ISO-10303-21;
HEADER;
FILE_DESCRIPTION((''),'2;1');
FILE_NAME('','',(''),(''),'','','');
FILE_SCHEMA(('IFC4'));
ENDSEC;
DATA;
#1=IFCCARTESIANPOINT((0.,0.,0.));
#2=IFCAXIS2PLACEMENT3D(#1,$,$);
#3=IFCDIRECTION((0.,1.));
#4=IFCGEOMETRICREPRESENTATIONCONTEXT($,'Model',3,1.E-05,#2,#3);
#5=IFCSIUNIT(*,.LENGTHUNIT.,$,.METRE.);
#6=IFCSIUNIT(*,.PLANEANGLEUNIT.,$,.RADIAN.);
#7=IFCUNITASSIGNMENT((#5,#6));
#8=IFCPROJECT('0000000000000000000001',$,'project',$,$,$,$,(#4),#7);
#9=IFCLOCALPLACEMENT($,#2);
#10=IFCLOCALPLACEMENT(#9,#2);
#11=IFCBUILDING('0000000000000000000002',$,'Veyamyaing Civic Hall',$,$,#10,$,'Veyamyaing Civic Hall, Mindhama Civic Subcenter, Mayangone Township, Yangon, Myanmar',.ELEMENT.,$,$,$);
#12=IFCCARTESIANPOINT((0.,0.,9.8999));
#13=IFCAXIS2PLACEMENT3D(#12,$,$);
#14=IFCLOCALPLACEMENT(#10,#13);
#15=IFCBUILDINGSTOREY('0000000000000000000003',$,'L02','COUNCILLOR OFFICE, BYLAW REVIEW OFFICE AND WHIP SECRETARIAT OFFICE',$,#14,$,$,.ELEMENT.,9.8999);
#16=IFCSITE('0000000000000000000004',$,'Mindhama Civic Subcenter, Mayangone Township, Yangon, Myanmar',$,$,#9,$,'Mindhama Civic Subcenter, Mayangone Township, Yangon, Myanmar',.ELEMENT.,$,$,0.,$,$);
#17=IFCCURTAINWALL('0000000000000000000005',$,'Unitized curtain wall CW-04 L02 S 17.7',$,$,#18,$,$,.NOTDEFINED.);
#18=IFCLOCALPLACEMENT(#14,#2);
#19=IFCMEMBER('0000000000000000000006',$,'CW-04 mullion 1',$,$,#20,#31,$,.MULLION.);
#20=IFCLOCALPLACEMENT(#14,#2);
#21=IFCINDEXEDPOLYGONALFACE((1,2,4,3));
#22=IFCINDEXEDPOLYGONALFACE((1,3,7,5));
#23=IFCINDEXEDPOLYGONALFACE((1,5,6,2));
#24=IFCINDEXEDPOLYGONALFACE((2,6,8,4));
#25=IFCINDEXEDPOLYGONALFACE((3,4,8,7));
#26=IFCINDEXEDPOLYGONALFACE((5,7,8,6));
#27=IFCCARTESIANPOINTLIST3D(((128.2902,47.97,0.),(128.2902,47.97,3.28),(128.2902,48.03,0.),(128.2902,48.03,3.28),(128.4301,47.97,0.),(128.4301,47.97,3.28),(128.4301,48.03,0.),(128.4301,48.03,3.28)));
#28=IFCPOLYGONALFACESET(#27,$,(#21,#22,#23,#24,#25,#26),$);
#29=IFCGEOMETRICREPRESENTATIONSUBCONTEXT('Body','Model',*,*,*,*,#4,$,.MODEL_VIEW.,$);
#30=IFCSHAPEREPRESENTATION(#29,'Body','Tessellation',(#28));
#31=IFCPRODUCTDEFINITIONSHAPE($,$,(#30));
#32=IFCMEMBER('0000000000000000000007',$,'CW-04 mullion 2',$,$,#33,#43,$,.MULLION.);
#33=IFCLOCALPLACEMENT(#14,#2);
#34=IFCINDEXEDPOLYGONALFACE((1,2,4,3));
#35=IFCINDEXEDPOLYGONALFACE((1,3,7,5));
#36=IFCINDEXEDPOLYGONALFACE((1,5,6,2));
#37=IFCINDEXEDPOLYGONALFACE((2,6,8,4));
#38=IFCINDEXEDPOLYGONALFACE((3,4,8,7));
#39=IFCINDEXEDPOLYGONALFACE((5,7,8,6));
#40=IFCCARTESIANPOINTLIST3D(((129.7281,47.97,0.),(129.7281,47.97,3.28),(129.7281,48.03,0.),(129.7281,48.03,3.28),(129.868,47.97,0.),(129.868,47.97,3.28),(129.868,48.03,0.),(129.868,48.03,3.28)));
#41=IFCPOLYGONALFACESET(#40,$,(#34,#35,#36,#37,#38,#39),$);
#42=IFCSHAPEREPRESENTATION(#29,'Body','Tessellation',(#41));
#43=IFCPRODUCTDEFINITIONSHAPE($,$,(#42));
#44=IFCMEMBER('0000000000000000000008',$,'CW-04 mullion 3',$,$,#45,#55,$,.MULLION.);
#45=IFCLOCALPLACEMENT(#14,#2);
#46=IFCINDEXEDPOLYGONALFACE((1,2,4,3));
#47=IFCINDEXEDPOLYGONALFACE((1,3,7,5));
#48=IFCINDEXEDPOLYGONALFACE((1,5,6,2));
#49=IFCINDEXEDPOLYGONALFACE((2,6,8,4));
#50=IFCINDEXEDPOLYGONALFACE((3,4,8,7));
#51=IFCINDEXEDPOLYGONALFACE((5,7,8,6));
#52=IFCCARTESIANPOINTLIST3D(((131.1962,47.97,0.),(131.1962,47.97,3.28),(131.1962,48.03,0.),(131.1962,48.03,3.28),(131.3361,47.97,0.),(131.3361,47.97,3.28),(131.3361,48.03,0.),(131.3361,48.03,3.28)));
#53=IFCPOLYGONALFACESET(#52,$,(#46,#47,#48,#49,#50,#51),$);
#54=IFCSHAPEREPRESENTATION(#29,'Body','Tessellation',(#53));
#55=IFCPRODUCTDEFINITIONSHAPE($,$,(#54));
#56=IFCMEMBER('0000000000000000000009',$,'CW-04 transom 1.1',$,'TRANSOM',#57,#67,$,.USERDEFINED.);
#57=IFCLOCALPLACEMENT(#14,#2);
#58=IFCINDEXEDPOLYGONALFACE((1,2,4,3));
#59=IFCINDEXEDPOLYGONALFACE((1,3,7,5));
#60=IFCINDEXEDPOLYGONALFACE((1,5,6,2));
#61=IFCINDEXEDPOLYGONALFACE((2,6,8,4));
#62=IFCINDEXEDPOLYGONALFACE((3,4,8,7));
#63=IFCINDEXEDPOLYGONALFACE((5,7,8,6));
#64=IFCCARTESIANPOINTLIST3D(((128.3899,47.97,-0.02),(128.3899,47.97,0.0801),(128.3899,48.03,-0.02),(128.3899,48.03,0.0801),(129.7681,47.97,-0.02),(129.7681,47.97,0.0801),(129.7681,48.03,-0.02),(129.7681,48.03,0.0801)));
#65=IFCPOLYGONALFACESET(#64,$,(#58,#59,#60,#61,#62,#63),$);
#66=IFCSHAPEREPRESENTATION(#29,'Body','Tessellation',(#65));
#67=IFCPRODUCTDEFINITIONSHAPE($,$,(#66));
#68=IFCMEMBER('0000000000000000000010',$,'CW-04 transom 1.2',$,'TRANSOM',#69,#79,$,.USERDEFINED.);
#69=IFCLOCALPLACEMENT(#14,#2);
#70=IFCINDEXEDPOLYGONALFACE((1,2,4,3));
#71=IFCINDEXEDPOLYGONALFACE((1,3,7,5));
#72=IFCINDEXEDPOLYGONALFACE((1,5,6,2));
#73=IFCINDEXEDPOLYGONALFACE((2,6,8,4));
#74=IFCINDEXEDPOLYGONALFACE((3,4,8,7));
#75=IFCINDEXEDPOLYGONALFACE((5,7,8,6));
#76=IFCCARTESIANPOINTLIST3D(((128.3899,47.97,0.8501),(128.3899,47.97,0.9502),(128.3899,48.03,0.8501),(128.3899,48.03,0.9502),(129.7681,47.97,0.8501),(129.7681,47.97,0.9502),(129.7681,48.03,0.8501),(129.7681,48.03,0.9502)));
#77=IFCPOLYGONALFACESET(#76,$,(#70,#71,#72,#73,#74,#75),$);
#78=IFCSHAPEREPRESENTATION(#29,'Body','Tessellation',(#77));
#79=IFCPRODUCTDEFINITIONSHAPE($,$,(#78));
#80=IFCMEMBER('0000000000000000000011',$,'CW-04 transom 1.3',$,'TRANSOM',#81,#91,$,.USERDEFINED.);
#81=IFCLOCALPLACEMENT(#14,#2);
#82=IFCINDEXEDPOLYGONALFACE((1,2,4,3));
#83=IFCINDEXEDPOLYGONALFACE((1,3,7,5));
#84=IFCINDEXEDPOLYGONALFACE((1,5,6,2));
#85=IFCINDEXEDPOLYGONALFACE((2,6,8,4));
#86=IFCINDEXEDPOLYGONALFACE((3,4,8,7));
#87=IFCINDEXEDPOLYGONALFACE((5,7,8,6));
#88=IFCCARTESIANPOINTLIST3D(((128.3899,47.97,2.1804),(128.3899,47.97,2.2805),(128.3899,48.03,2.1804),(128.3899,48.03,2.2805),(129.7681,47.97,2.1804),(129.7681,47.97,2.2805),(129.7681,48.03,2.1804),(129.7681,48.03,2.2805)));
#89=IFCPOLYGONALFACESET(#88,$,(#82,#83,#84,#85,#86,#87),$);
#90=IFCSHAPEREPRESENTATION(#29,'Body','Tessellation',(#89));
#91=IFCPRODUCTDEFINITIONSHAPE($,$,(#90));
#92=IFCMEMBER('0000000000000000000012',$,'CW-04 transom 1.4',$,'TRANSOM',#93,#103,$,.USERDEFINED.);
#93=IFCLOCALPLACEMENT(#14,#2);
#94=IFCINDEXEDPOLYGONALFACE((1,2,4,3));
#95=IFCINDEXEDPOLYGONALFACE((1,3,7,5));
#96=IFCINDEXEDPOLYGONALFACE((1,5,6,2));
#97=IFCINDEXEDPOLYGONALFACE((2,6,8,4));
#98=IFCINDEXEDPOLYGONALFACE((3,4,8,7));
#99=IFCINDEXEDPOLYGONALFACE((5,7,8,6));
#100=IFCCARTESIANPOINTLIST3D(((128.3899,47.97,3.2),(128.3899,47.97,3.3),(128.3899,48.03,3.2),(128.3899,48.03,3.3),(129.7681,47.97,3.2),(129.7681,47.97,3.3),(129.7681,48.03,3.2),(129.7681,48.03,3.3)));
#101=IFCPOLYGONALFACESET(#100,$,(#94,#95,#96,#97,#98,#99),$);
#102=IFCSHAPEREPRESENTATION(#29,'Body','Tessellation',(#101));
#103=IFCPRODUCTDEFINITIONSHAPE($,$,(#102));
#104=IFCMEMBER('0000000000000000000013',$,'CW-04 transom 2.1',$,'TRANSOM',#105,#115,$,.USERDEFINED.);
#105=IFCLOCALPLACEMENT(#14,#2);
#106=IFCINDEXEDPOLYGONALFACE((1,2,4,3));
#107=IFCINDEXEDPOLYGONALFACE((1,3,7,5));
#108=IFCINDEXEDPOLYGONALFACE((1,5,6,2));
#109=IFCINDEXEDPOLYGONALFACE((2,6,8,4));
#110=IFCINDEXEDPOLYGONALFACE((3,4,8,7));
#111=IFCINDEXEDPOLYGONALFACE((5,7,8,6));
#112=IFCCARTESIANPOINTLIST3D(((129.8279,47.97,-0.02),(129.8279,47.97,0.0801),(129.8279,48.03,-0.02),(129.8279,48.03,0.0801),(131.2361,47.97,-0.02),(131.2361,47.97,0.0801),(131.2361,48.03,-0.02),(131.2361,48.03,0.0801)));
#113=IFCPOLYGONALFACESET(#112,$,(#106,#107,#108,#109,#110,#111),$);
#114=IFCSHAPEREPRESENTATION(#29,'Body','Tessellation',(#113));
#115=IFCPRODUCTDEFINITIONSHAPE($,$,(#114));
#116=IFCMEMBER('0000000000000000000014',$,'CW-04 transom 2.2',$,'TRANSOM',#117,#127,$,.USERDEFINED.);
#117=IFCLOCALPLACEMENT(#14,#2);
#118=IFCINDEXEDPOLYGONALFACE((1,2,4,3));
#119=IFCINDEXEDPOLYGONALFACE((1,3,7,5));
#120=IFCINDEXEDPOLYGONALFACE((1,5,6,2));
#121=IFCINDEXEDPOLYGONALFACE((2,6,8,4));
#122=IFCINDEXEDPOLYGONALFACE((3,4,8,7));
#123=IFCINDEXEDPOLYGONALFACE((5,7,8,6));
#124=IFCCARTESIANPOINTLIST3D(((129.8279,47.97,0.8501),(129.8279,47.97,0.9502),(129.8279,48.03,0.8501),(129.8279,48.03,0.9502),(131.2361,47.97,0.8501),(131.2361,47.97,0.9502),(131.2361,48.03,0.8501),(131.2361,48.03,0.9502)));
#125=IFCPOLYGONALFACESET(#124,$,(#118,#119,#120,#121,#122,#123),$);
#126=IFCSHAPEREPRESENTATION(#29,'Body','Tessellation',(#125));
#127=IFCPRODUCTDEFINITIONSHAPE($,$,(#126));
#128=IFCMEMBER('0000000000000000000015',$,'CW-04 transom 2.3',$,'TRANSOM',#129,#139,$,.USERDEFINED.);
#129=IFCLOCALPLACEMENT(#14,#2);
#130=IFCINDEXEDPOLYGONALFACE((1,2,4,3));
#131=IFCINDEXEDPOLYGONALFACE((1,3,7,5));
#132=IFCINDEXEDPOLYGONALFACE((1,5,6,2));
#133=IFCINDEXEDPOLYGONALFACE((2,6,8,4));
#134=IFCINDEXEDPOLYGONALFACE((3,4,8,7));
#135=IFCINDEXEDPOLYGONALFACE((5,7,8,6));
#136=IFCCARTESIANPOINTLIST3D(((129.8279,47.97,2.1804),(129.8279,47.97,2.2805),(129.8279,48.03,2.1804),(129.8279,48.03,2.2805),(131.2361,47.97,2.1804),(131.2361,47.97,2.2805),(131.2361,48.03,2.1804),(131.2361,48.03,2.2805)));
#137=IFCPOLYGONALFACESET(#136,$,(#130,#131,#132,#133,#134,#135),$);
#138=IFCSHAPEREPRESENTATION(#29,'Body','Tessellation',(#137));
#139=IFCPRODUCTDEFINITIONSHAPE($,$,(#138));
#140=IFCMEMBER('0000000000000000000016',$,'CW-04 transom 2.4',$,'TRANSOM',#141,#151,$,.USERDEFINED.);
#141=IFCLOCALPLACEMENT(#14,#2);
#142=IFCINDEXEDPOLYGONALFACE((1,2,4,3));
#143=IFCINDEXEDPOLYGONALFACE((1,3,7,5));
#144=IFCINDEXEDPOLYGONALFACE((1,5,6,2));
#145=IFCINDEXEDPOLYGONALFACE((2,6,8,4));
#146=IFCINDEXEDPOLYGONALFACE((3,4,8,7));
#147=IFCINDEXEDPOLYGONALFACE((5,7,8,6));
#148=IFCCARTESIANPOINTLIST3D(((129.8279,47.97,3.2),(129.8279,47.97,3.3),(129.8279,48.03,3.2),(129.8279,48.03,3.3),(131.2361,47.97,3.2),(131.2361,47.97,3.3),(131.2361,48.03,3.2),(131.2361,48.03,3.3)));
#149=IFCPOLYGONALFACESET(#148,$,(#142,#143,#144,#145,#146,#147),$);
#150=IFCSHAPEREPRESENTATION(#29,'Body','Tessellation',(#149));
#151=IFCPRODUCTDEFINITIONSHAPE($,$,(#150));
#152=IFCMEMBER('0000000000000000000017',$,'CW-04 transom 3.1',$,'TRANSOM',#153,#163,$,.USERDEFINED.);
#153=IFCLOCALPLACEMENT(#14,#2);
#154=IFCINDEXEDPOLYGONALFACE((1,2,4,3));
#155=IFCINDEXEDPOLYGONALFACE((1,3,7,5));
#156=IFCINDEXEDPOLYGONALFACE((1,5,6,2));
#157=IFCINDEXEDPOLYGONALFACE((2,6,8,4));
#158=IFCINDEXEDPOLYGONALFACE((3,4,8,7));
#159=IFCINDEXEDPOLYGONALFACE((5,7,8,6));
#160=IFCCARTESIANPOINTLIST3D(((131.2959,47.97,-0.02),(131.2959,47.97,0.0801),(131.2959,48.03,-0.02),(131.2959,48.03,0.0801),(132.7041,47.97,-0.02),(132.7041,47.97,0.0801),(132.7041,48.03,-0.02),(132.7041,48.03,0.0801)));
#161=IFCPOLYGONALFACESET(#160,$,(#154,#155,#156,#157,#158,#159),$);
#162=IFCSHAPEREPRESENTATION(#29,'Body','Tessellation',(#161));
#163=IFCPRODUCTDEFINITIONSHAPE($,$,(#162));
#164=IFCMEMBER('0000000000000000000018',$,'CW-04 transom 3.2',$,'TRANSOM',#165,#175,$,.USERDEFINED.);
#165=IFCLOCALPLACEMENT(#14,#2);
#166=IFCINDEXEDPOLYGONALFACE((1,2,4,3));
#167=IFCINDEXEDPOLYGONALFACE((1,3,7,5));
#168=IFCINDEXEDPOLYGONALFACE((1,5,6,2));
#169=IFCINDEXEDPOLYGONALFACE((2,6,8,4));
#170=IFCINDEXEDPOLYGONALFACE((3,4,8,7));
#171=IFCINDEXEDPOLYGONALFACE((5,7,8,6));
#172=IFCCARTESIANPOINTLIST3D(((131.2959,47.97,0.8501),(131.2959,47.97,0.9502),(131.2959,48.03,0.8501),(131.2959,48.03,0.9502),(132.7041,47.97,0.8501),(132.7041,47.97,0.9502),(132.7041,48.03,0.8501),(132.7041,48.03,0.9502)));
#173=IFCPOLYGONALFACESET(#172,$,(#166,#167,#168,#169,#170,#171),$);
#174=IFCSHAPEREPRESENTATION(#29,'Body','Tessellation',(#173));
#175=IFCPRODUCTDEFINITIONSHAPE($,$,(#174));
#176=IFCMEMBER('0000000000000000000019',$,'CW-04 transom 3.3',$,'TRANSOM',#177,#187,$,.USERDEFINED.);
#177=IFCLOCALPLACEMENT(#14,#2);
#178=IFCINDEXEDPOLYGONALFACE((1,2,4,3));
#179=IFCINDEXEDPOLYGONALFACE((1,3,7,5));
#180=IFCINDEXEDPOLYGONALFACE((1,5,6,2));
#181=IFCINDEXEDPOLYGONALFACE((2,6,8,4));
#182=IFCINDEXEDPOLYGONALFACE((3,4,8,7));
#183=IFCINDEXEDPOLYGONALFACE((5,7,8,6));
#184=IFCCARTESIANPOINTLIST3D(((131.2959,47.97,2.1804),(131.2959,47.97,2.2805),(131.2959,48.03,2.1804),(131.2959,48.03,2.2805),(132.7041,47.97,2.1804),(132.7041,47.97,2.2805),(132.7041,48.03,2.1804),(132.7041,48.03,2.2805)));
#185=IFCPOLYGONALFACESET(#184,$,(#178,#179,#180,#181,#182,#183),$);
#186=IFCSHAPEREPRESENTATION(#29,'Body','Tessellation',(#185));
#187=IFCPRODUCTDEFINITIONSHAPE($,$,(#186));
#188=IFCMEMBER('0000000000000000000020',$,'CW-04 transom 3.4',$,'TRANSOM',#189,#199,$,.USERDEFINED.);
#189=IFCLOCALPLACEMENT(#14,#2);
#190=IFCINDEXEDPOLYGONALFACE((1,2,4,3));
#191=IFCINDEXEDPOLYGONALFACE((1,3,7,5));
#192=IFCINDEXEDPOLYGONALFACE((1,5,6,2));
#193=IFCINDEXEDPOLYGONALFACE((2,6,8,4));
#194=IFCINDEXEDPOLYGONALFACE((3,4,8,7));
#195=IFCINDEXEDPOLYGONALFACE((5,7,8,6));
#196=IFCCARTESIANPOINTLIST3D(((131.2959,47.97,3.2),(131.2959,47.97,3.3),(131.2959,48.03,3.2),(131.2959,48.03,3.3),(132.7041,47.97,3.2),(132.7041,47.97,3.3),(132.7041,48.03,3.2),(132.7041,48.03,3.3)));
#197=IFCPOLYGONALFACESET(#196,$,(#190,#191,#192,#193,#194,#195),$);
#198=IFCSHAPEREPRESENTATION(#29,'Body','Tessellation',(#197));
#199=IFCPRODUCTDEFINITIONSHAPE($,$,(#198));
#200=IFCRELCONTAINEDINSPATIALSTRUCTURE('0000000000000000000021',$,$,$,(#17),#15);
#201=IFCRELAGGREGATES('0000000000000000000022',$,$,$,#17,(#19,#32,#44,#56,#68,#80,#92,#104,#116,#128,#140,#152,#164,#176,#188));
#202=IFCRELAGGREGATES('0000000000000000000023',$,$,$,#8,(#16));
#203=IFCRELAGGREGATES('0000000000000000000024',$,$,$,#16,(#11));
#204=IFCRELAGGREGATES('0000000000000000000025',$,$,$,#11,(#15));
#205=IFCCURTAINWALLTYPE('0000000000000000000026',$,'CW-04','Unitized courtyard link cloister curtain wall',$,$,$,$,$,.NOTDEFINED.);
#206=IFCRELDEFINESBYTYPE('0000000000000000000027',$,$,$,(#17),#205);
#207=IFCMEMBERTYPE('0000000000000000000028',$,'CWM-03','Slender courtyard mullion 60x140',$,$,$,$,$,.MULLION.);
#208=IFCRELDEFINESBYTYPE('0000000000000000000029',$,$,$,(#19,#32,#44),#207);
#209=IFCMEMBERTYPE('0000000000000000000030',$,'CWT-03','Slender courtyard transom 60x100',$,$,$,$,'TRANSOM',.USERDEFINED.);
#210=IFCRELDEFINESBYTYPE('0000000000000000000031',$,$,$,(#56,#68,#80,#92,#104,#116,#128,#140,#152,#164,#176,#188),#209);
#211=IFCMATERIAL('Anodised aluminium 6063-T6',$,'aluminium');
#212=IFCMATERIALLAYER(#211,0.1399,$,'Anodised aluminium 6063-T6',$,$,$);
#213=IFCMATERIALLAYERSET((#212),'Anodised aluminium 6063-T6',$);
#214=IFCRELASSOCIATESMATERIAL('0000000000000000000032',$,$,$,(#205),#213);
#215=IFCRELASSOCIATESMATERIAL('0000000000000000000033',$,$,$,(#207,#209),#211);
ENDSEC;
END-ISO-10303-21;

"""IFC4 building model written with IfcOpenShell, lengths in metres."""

from ifc_helpers import new_model, si_unit, direction, frame, origin, origin_2d, place, context, subcontext, project, spatial, rectangle, extrude, material, layer, layer_set, material_profile, profile_set, type_object, element, aggregate, save


model = new_model("IFC4")

# Units and contexts
model_context = context("Model", 3, precision=1e-05, world=origin(), true_north=direction((0.0, 1.0)))
body_context = subcontext(model_context, "Body", "Model", "MODEL_VIEW")
ifc_project = project(units=[si_unit("LENGTHUNIT", "METRE"), si_unit("PLANEANGLEUNIT", "RADIAN")], contexts=[model_context])

# Site, building, storey
site_placement = place(None, origin())
site = spatial("IfcSite", under=ifc_project, at=site_placement, Name="Mindhama Civic Subcenter, Mayangone Township, Yangon, Myanmar", LongName="Mindhama Civic Subcenter, Mayangone Township, Yangon, Myanmar", CompositionType="ELEMENT", RefElevation=0.0)
building_placement = place(site_placement, origin())
building = spatial("IfcBuilding", under=site, at=building_placement, Name="Veyamyaing Civic Hall", LongName="Veyamyaing Civic Hall, Mindhama Civic Subcenter, Mayangone Township, Yangon, Myanmar", CompositionType="ELEMENT")
storey_placement = place(building_placement, frame((0.0, 0.0, 9.8999)))
storey = spatial("IfcBuildingStorey", under=building, at=storey_placement, Name="L02", Description="COUNCILLOR OFFICE, BYLAW REVIEW OFFICE AND WHIP SECRETARIAT OFFICE", CompositionType="ELEMENT", Elevation=9.8999)

# Curtain wall, members
ifc_material_1 = material(Name="Anodised aluminium 6063-T6", Category="aluminium")
ifc_layer_1 = layer(ifc_material_1, 0.1399, Name="Anodised aluminium 6063-T6")
ifc_layer_set_1 = layer_set([ifc_layer_1], Name="Anodised aluminium 6063-T6")
curtain_wall_type = type_object("IfcCurtainWallType", Name="CW-04", Description="Unitized courtyard link cloister curtain wall", PredefinedType="NOTDEFINED", material=ifc_layer_set_1)
curtain_wall_placement = place(storey_placement, origin())
curtain_wall = element("IfcCurtainWall", 1, at=curtain_wall_placement, inside=storey, type_object=curtain_wall_type, Name="Unitized curtain wall CW-04 L02 S 17.7", PredefinedType="NOTDEFINED")
ifc_material_profile_1 = material_profile(ifc_material_1, rectangle(XDim=0.0601, YDim=0.1399, at=origin_2d()), Name="ALU-MUL-60X140")
ifc_profile_set_1 = profile_set([ifc_material_profile_1], Name="Anodised aluminium 6063-T6")
member_type_1 = type_object("IfcMemberType", Name="CWM-03", Description="Slender courtyard mullion 60x140", PredefinedType="MULLION", material=ifc_profile_set_1)
member_1_placement = place(storey_placement, frame((128.3601, 48.0, 0.0), z_axis=(0.0, 0.0, 1.0), x_axis=(0.0, 1.0, 0.0)))
member_1 = element("IfcMember", 2, at=member_1_placement, type_object=member_type_1, Name="CW-04 mullion 1", PredefinedType="MULLION", context=body_context, shape_type="SweptSolid", body=[
    extrude(rectangle(XDim=0.0601, YDim=0.1399, at=origin_2d()), origin(), (0.0, 0.0, 1.0), 3.28),
])
member_2_placement = place(storey_placement, frame((129.7981, 48.0, 0.0), z_axis=(0.0, 0.0, 1.0), x_axis=(0.0, 1.0, 0.0)))
member_2 = element("IfcMember", 3, at=member_2_placement, type_object=member_type_1, Name="CW-04 mullion 2", PredefinedType="MULLION", context=body_context, shape_type="SweptSolid", body=[
    extrude(rectangle(XDim=0.0601, YDim=0.1399, at=origin_2d()), origin(), (0.0, 0.0, 1.0), 3.28),
])
member_3_placement = place(storey_placement, frame((131.2661, 48.0, 0.0), z_axis=(0.0, 0.0, 1.0), x_axis=(0.0, 1.0, 0.0)))
member_3 = element("IfcMember", 4, at=member_3_placement, type_object=member_type_1, Name="CW-04 mullion 3", PredefinedType="MULLION", context=body_context, shape_type="SweptSolid", body=[
    extrude(rectangle(XDim=0.0601, YDim=0.1399, at=origin_2d()), origin(), (0.0, 0.0, 1.0), 3.28),
])
ifc_material_profile_2 = material_profile(ifc_material_1, rectangle(XDim=0.0601, YDim=0.1001, at=origin_2d()), Name="ALU-TRN-60X100")
ifc_profile_set_2 = profile_set([ifc_material_profile_2], Name="Anodised aluminium 6063-T6")
member_type_2 = type_object("IfcMemberType", Name="CWT-03", Description="Slender courtyard transom 60x100", ElementType="TRANSOM", PredefinedType="USERDEFINED", material=ifc_profile_set_2)
member_4_placement = place(storey_placement, frame((128.3899, 48.0, 0.03), z_axis=(1.0, 0.0, 0.0), x_axis=(0.0, 1.0, 0.0)))
member_4 = element("IfcMember", 5, at=member_4_placement, type_object=member_type_2, Name="CW-04 transom 1.1", ObjectType="TRANSOM", PredefinedType="USERDEFINED", context=body_context, shape_type="SweptSolid", body=[
    extrude(rectangle(XDim=0.0601, YDim=0.1001, at=origin_2d()), origin(), (0.0, 0.0, 1.0), 1.3782),
])
member_5_placement = place(storey_placement, frame((128.3899, 48.0, 0.9001), z_axis=(1.0, 0.0, 0.0), x_axis=(0.0, 1.0, 0.0)))
member_5 = element("IfcMember", 6, at=member_5_placement, type_object=member_type_2, Name="CW-04 transom 1.2", ObjectType="TRANSOM", PredefinedType="USERDEFINED", context=body_context, shape_type="SweptSolid", body=[
    extrude(rectangle(XDim=0.0601, YDim=0.1001, at=origin_2d()), origin(), (0.0, 0.0, 1.0), 1.3782),
])
member_6_placement = place(storey_placement, frame((128.3899, 48.0, 2.2305), z_axis=(1.0, 0.0, 0.0), x_axis=(0.0, 1.0, 0.0)))
member_6 = element("IfcMember", 7, at=member_6_placement, type_object=member_type_2, Name="CW-04 transom 1.3", ObjectType="TRANSOM", PredefinedType="USERDEFINED", context=body_context, shape_type="SweptSolid", body=[
    extrude(rectangle(XDim=0.0601, YDim=0.1001, at=origin_2d()), origin(), (0.0, 0.0, 1.0), 1.3782),
])
member_7_placement = place(storey_placement, frame((128.3899, 48.0, 3.25), z_axis=(1.0, 0.0, 0.0), x_axis=(0.0, 1.0, 0.0)))
member_7 = element("IfcMember", 8, at=member_7_placement, type_object=member_type_2, Name="CW-04 transom 1.4", ObjectType="TRANSOM", PredefinedType="USERDEFINED", context=body_context, shape_type="SweptSolid", body=[
    extrude(rectangle(XDim=0.0601, YDim=0.1001, at=origin_2d()), origin(), (0.0, 0.0, 1.0), 1.3782),
])
member_8_placement = place(storey_placement, frame((129.8279, 48.0, 0.03), z_axis=(1.0, 0.0, 0.0), x_axis=(0.0, 1.0, 0.0)))
member_8 = element("IfcMember", 9, at=member_8_placement, type_object=member_type_2, Name="CW-04 transom 2.1", ObjectType="TRANSOM", PredefinedType="USERDEFINED", context=body_context, shape_type="SweptSolid", body=[
    extrude(rectangle(XDim=0.0601, YDim=0.1001, at=origin_2d()), origin(), (0.0, 0.0, 1.0), 1.4082),
])
member_9_placement = place(storey_placement, frame((129.8279, 48.0, 0.9001), z_axis=(1.0, 0.0, 0.0), x_axis=(0.0, 1.0, 0.0)))
member_9 = element("IfcMember", 10, at=member_9_placement, type_object=member_type_2, Name="CW-04 transom 2.2", ObjectType="TRANSOM", PredefinedType="USERDEFINED", context=body_context, shape_type="SweptSolid", body=[
    extrude(rectangle(XDim=0.0601, YDim=0.1001, at=origin_2d()), origin(), (0.0, 0.0, 1.0), 1.4082),
])
member_10_placement = place(storey_placement, frame((129.8279, 48.0, 2.2305), z_axis=(1.0, 0.0, 0.0), x_axis=(0.0, 1.0, 0.0)))
member_10 = element("IfcMember", 11, at=member_10_placement, type_object=member_type_2, Name="CW-04 transom 2.3", ObjectType="TRANSOM", PredefinedType="USERDEFINED", context=body_context, shape_type="SweptSolid", body=[
    extrude(rectangle(XDim=0.0601, YDim=0.1001, at=origin_2d()), origin(), (0.0, 0.0, 1.0), 1.4082),
])
member_11_placement = place(storey_placement, frame((129.8279, 48.0, 3.25), z_axis=(1.0, 0.0, 0.0), x_axis=(0.0, 1.0, 0.0)))
member_11 = element("IfcMember", 12, at=member_11_placement, type_object=member_type_2, Name="CW-04 transom 2.4", ObjectType="TRANSOM", PredefinedType="USERDEFINED", context=body_context, shape_type="SweptSolid", body=[
    extrude(rectangle(XDim=0.0601, YDim=0.1001, at=origin_2d()), origin(), (0.0, 0.0, 1.0), 1.4082),
])
member_12_placement = place(storey_placement, frame((131.2959, 48.0, 0.03), z_axis=(1.0, 0.0, 0.0), x_axis=(0.0, 1.0, 0.0)))
member_12 = element("IfcMember", 13, at=member_12_placement, type_object=member_type_2, Name="CW-04 transom 3.1", ObjectType="TRANSOM", PredefinedType="USERDEFINED", context=body_context, shape_type="SweptSolid", body=[
    extrude(rectangle(XDim=0.0601, YDim=0.1001, at=origin_2d()), origin(), (0.0, 0.0, 1.0), 1.4082),
])
member_13_placement = place(storey_placement, frame((131.2959, 48.0, 0.9001), z_axis=(1.0, 0.0, 0.0), x_axis=(0.0, 1.0, 0.0)))
member_13 = element("IfcMember", 14, at=member_13_placement, type_object=member_type_2, Name="CW-04 transom 3.2", ObjectType="TRANSOM", PredefinedType="USERDEFINED", context=body_context, shape_type="SweptSolid", body=[
    extrude(rectangle(XDim=0.0601, YDim=0.1001, at=origin_2d()), origin(), (0.0, 0.0, 1.0), 1.4082),
])
member_14_placement = place(storey_placement, frame((131.2959, 48.0, 2.2305), z_axis=(1.0, 0.0, 0.0), x_axis=(0.0, 1.0, 0.0)))
member_14 = element("IfcMember", 15, at=member_14_placement, type_object=member_type_2, Name="CW-04 transom 3.3", ObjectType="TRANSOM", PredefinedType="USERDEFINED", context=body_context, shape_type="SweptSolid", body=[
    extrude(rectangle(XDim=0.0601, YDim=0.1001, at=origin_2d()), origin(), (0.0, 0.0, 1.0), 1.4082),
])
member_15_placement = place(storey_placement, frame((131.2959, 48.0, 3.25), z_axis=(1.0, 0.0, 0.0), x_axis=(0.0, 1.0, 0.0)))
member_15 = element("IfcMember", 16, at=member_15_placement, type_object=member_type_2, Name="CW-04 transom 3.4", ObjectType="TRANSOM", PredefinedType="USERDEFINED", context=body_context, shape_type="SweptSolid", body=[
    extrude(rectangle(XDim=0.0601, YDim=0.1001, at=origin_2d()), origin(), (0.0, 0.0, 1.0), 1.4082),
])
aggregate(curtain_wall, [member_1, member_2, member_3, member_4, member_5, member_6, member_7, member_8, member_9, member_10, member_11, member_12, member_13, member_14, member_15])

save(model, "model.ifc")
